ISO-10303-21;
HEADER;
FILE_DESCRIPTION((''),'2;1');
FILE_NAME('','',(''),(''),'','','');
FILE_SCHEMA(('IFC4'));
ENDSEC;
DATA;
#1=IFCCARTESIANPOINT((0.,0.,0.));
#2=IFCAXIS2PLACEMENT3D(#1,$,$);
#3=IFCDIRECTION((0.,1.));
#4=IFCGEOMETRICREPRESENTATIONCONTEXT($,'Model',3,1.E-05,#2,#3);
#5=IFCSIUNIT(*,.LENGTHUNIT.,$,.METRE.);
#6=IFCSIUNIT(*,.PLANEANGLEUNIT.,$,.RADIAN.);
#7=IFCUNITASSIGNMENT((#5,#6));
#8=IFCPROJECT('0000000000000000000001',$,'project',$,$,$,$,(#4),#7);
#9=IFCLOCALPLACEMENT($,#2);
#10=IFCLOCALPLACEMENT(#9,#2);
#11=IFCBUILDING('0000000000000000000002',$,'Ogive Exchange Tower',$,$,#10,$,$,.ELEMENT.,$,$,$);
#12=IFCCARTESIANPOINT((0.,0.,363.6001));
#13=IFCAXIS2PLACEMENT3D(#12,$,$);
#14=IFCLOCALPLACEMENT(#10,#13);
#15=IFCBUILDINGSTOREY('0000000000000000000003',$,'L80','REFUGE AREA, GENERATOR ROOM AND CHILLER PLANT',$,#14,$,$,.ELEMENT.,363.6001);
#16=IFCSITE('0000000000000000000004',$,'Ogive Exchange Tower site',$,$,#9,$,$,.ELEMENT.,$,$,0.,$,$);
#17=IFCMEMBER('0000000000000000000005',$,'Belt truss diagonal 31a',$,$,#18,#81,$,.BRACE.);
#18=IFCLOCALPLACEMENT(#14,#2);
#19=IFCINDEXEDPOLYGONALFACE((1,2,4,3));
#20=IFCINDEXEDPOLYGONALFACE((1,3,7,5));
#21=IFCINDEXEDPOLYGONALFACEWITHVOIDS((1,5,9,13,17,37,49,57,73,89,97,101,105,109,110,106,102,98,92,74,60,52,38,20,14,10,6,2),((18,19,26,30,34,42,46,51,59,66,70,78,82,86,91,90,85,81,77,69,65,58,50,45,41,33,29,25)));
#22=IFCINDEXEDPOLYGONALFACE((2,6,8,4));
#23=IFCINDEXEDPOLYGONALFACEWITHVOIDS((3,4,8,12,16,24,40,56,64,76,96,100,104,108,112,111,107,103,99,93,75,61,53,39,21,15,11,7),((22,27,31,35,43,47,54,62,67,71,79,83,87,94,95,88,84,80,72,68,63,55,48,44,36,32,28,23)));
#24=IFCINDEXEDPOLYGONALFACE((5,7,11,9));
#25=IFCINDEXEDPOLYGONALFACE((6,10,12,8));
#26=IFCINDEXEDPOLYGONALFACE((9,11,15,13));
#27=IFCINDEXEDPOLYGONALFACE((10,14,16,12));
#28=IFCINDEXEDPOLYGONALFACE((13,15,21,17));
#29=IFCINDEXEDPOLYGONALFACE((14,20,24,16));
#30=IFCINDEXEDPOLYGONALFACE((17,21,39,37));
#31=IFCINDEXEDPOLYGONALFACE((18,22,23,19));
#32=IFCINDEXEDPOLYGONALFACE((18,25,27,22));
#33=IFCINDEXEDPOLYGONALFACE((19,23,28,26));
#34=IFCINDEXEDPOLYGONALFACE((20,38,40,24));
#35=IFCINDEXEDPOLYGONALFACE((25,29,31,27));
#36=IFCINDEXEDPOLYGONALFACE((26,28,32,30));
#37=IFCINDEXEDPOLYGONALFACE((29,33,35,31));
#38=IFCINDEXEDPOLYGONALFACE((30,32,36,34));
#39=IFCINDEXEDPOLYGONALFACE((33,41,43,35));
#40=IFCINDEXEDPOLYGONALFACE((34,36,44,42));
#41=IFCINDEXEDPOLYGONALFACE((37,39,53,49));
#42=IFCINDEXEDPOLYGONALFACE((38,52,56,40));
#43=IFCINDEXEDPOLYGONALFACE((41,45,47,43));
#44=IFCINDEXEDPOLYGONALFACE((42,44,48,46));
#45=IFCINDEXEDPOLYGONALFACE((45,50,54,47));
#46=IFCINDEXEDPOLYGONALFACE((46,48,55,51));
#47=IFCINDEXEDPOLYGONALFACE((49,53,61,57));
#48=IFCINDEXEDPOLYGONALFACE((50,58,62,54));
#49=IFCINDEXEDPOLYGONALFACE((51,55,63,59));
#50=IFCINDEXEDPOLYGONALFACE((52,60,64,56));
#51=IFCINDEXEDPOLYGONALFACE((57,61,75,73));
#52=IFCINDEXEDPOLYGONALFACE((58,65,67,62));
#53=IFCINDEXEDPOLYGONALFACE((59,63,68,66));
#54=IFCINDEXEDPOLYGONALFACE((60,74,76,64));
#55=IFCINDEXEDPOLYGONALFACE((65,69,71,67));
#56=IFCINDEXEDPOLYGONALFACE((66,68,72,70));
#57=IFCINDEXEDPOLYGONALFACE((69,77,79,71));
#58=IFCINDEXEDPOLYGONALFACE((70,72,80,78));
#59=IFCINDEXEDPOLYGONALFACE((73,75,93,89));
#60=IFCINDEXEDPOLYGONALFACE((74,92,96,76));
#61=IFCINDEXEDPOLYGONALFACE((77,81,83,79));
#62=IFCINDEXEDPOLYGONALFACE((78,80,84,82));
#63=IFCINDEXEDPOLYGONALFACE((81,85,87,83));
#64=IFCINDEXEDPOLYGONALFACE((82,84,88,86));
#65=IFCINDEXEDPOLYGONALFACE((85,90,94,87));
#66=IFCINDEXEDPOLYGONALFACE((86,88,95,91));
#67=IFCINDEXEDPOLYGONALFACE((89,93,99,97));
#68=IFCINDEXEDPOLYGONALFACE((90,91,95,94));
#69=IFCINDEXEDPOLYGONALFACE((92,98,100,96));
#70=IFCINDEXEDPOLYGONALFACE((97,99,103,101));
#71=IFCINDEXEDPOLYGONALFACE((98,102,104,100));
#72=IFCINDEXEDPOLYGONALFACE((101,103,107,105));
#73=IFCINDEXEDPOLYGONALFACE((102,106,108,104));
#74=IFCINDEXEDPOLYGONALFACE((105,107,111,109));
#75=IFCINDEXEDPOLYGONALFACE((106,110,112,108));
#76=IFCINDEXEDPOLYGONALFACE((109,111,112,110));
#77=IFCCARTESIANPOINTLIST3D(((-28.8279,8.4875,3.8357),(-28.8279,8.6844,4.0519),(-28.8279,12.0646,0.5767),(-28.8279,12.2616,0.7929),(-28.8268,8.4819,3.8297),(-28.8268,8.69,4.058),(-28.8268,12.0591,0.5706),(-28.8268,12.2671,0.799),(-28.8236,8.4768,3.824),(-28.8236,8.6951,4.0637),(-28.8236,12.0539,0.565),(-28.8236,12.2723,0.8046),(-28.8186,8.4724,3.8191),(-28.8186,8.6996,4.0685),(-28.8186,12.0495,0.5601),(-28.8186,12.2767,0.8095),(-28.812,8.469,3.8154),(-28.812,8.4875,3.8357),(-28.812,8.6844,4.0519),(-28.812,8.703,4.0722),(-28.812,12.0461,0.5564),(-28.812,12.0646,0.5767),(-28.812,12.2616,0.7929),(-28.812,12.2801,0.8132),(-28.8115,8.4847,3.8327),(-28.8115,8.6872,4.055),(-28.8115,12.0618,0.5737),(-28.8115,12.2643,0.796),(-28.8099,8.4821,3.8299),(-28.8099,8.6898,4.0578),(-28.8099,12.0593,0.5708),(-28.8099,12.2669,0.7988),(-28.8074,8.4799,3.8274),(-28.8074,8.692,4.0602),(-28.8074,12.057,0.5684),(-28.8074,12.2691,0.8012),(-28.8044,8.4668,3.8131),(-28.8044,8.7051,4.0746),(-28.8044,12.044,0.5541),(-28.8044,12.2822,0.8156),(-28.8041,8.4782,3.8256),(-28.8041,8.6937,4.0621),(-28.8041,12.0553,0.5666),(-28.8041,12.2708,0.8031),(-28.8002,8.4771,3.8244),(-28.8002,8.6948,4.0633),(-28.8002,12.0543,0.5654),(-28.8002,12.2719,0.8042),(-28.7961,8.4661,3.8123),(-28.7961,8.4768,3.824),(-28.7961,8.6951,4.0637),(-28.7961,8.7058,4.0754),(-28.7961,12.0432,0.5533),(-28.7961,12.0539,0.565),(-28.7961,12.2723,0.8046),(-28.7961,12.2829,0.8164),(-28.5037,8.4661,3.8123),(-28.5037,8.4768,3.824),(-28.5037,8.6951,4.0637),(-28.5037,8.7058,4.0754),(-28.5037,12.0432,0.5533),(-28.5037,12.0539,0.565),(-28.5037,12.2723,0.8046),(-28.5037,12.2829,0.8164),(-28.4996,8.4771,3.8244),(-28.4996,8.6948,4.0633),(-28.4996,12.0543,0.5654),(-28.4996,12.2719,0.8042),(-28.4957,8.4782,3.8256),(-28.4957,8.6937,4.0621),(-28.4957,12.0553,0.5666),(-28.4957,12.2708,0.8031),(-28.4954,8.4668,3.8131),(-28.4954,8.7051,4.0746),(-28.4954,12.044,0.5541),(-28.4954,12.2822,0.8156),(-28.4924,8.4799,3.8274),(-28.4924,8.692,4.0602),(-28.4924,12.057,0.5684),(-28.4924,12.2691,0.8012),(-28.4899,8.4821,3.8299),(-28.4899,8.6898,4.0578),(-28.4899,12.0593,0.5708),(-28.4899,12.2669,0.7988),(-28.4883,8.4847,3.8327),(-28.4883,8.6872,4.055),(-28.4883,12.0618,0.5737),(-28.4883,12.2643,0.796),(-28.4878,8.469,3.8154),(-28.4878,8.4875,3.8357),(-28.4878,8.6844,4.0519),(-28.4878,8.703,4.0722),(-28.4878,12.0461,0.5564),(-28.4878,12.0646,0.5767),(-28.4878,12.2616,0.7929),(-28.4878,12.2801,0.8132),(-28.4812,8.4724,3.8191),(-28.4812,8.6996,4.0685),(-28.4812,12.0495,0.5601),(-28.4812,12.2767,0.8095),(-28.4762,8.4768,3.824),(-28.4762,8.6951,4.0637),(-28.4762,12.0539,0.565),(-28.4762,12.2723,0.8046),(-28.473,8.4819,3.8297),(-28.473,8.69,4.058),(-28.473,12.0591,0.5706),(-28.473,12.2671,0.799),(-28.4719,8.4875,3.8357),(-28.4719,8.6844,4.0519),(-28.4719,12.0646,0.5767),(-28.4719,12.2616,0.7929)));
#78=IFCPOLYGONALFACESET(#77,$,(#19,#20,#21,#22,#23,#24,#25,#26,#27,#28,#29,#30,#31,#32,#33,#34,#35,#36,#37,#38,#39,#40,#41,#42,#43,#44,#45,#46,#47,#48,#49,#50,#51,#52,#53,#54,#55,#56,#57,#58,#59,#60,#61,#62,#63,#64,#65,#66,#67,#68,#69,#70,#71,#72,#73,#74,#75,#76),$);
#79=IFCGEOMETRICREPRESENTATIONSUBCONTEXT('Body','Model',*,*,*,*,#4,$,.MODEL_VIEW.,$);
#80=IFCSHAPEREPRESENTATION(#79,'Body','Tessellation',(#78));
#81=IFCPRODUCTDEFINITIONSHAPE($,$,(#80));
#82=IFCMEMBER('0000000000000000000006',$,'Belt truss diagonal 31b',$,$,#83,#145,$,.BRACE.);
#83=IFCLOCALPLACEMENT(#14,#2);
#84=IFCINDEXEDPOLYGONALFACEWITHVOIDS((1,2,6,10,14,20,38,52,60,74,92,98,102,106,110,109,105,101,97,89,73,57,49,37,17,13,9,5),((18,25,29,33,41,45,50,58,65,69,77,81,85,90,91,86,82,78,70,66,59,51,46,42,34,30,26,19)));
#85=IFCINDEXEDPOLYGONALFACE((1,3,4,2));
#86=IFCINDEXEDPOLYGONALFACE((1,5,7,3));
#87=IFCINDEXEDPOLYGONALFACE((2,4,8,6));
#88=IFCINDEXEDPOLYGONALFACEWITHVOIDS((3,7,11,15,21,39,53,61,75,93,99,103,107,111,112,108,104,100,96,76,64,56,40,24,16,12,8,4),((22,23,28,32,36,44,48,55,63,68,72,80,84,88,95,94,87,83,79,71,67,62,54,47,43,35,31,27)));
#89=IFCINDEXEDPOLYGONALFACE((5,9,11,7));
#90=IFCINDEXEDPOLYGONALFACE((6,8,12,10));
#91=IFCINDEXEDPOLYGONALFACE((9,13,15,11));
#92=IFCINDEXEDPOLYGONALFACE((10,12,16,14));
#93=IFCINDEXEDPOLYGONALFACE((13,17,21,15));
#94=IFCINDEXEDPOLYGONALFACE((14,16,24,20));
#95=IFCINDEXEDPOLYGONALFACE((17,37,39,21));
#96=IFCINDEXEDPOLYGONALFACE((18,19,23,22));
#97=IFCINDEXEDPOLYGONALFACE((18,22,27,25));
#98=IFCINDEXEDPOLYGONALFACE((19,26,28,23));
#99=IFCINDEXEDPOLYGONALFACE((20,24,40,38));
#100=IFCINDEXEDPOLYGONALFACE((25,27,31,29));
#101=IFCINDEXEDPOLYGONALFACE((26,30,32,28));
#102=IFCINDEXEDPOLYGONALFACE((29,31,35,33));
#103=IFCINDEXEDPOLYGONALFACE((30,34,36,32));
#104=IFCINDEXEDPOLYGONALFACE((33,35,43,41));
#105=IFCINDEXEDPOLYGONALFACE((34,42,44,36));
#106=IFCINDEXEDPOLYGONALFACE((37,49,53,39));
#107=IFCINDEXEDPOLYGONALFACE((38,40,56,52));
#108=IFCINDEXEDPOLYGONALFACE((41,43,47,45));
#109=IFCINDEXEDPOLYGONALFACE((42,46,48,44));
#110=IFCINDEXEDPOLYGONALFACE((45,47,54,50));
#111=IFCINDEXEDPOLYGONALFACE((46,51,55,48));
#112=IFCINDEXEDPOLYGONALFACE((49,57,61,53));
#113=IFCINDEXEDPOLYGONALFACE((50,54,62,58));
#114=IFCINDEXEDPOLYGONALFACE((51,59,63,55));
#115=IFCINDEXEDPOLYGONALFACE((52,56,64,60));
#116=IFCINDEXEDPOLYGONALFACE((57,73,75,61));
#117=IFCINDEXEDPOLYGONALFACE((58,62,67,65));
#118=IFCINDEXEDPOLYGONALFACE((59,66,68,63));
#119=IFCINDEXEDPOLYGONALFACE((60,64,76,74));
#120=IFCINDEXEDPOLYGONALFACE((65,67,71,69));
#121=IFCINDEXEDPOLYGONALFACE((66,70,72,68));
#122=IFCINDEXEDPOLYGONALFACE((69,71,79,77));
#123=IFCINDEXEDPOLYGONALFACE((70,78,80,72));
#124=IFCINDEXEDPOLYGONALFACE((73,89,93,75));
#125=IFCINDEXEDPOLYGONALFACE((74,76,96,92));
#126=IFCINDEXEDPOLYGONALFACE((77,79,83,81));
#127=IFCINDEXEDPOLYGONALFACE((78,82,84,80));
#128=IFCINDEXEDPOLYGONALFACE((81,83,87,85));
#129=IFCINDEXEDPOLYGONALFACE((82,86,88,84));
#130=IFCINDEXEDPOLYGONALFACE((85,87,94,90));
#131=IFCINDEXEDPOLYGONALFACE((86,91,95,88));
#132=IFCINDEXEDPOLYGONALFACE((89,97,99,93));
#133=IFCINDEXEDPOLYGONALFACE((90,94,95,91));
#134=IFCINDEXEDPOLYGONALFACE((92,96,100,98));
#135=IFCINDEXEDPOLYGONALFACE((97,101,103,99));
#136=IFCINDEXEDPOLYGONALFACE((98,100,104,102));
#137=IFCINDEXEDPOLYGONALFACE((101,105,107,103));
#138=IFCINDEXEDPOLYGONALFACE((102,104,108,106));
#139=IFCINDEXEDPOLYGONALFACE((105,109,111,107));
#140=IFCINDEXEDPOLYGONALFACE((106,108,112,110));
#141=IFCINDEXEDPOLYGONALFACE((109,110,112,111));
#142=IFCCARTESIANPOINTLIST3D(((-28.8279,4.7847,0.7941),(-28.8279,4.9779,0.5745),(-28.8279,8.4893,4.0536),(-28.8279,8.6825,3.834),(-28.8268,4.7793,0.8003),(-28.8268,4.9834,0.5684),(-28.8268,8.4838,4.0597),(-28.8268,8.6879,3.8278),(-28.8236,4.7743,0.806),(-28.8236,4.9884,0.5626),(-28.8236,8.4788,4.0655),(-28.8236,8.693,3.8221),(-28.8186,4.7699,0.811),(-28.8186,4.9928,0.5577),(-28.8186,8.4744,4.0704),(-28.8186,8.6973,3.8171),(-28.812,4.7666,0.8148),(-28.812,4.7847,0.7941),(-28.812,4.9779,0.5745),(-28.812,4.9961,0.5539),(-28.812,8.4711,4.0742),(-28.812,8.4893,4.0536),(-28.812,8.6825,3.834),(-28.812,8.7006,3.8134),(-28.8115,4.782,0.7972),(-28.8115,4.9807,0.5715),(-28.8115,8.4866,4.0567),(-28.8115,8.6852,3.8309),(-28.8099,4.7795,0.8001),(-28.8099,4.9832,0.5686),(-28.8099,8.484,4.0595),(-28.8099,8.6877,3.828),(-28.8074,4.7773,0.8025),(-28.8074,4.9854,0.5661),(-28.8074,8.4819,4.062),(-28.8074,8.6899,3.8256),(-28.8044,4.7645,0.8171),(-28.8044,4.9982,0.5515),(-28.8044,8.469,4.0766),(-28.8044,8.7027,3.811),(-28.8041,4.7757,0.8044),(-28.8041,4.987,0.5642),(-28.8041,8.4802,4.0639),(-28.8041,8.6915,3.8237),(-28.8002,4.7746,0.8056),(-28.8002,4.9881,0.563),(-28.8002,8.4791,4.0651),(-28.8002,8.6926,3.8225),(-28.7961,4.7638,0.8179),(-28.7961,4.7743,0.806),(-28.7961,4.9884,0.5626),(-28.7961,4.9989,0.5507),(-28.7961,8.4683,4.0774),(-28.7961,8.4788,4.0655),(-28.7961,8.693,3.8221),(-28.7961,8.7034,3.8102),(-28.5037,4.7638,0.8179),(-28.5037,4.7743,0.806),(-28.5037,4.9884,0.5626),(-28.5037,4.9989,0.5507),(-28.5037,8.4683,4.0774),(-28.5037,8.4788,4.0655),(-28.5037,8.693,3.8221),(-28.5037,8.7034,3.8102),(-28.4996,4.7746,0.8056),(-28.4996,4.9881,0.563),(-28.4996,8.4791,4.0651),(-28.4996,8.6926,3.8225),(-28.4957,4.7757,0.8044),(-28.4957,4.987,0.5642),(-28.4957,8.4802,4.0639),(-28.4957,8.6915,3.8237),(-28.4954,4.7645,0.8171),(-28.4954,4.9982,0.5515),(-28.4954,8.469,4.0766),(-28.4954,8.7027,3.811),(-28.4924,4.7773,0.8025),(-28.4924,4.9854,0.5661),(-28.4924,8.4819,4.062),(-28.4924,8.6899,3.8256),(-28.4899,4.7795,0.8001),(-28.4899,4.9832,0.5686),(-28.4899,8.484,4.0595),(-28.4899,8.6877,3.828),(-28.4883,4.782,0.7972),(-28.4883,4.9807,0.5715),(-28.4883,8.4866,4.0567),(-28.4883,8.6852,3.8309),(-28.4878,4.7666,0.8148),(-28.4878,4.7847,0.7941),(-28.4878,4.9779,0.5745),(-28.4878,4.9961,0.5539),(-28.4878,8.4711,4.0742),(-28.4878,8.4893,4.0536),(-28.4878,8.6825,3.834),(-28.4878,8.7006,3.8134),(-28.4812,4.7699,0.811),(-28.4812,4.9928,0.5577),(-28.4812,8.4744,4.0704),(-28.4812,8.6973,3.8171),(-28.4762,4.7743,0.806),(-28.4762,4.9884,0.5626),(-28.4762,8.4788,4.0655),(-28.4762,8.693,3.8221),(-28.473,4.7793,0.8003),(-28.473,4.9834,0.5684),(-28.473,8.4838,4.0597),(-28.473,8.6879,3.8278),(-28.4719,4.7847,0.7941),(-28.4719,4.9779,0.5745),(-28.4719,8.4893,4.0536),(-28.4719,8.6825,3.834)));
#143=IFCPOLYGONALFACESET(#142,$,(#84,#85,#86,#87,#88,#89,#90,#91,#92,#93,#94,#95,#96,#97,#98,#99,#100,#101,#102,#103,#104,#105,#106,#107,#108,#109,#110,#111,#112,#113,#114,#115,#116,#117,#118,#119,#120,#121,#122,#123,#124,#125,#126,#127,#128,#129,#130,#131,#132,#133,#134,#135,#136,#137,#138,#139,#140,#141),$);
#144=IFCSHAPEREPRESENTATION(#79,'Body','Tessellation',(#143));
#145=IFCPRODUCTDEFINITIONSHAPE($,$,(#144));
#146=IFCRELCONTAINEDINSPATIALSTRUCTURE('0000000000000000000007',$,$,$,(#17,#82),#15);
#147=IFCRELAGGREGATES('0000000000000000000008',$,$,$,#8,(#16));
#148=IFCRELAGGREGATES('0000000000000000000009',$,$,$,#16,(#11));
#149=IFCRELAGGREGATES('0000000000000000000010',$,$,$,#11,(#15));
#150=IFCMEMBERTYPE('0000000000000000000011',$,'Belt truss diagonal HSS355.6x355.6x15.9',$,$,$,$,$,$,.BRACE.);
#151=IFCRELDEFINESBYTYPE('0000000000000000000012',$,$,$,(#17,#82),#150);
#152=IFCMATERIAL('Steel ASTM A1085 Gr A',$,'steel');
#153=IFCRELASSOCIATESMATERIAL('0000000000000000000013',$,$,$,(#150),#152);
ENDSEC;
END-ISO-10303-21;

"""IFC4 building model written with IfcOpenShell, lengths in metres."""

from ifc_helpers import new_model, si_unit, direction, frame, origin, origin_2d, place, context, subcontext, project, spatial, hollow_rectangle, extrude, material, material_profile, profile_set, type_object, element, save


model = new_model("IFC4")

# Units and contexts
model_context = context("Model", 3, precision=1e-05, world=origin(), true_north=direction((0.0, 1.0)))
body_context = subcontext(model_context, "Body", "Model", "MODEL_VIEW")
ifc_project = project(units=[si_unit("LENGTHUNIT", "METRE"), si_unit("PLANEANGLEUNIT", "RADIAN")], contexts=[model_context])

# Site, building, storey
site_placement = place(None, origin())
site = spatial("IfcSite", under=ifc_project, at=site_placement, Name="Ogive Exchange Tower site", CompositionType="ELEMENT", RefElevation=0.0)
building_placement = place(site_placement, origin())
building = spatial("IfcBuilding", under=site, at=building_placement, Name="Ogive Exchange Tower", CompositionType="ELEMENT")
storey_placement = place(building_placement, frame((0.0, 0.0, 363.6001)))
storey = spatial("IfcBuildingStorey", under=building, at=storey_placement, Name="L80", Description="REFUGE AREA, GENERATOR ROOM AND CHILLER PLANT", CompositionType="ELEMENT", Elevation=363.6001)

# Members
ifc_material_1 = material(Name="Steel ASTM A1085 Gr A", Category="steel")
ifc_material_profile_1 = material_profile(ifc_material_1, hollow_rectangle(XDim=0.356, YDim=0.356, WallThickness=0.0159, InnerFilletRadius=0.0159, OuterFilletRadius=0.0317, at=origin_2d()), Name="HSS355.6x355.6x15.9")
ifc_profile_set_1 = profile_set([ifc_material_profile_1], Name="Steel ASTM A1085 Gr A")
member_type = type_object("IfcMemberType", Name="Belt truss diagonal HSS355.6x355.6x15.9", PredefinedType="BRACE", material=ifc_profile_set_1)
member_1_placement = place(storey_placement, frame((-28.6499, 12.1631, 0.6848), z_axis=(0.0, -0.739211, 0.673473), x_axis=(1.0, 0.0, 0.0)))
element("IfcMember", 1, at=member_1_placement, inside=storey, type_object=member_type, Name="Belt truss diagonal 31a", PredefinedType="BRACE", context=body_context, shape_type="SweptSolid", body=[
    extrude(hollow_rectangle(XDim=0.356, YDim=0.356, WallThickness=0.0159, InnerFilletRadius=0.0159, OuterFilletRadius=0.0317, at=origin_2d()), origin(), (0.0, 0.0, 1.0), 4.8391),
])
member_2_placement = place(storey_placement, frame((-28.6499, 4.8813, 0.6843), z_axis=(0.0, 0.750766, 0.660569), x_axis=(-1.0, 0.0, 0.0)))
element("IfcMember", 2, at=member_2_placement, inside=storey, type_object=member_type, Name="Belt truss diagonal 31b", PredefinedType="BRACE", context=body_context, shape_type="SweptSolid", body=[
    extrude(hollow_rectangle(XDim=0.356, YDim=0.356, WallThickness=0.0159, InnerFilletRadius=0.0159, OuterFilletRadius=0.0317, at=origin_2d()), origin(), (0.0, 0.0, 1.0), 4.9343),
])

save(model, "model.ifc")
